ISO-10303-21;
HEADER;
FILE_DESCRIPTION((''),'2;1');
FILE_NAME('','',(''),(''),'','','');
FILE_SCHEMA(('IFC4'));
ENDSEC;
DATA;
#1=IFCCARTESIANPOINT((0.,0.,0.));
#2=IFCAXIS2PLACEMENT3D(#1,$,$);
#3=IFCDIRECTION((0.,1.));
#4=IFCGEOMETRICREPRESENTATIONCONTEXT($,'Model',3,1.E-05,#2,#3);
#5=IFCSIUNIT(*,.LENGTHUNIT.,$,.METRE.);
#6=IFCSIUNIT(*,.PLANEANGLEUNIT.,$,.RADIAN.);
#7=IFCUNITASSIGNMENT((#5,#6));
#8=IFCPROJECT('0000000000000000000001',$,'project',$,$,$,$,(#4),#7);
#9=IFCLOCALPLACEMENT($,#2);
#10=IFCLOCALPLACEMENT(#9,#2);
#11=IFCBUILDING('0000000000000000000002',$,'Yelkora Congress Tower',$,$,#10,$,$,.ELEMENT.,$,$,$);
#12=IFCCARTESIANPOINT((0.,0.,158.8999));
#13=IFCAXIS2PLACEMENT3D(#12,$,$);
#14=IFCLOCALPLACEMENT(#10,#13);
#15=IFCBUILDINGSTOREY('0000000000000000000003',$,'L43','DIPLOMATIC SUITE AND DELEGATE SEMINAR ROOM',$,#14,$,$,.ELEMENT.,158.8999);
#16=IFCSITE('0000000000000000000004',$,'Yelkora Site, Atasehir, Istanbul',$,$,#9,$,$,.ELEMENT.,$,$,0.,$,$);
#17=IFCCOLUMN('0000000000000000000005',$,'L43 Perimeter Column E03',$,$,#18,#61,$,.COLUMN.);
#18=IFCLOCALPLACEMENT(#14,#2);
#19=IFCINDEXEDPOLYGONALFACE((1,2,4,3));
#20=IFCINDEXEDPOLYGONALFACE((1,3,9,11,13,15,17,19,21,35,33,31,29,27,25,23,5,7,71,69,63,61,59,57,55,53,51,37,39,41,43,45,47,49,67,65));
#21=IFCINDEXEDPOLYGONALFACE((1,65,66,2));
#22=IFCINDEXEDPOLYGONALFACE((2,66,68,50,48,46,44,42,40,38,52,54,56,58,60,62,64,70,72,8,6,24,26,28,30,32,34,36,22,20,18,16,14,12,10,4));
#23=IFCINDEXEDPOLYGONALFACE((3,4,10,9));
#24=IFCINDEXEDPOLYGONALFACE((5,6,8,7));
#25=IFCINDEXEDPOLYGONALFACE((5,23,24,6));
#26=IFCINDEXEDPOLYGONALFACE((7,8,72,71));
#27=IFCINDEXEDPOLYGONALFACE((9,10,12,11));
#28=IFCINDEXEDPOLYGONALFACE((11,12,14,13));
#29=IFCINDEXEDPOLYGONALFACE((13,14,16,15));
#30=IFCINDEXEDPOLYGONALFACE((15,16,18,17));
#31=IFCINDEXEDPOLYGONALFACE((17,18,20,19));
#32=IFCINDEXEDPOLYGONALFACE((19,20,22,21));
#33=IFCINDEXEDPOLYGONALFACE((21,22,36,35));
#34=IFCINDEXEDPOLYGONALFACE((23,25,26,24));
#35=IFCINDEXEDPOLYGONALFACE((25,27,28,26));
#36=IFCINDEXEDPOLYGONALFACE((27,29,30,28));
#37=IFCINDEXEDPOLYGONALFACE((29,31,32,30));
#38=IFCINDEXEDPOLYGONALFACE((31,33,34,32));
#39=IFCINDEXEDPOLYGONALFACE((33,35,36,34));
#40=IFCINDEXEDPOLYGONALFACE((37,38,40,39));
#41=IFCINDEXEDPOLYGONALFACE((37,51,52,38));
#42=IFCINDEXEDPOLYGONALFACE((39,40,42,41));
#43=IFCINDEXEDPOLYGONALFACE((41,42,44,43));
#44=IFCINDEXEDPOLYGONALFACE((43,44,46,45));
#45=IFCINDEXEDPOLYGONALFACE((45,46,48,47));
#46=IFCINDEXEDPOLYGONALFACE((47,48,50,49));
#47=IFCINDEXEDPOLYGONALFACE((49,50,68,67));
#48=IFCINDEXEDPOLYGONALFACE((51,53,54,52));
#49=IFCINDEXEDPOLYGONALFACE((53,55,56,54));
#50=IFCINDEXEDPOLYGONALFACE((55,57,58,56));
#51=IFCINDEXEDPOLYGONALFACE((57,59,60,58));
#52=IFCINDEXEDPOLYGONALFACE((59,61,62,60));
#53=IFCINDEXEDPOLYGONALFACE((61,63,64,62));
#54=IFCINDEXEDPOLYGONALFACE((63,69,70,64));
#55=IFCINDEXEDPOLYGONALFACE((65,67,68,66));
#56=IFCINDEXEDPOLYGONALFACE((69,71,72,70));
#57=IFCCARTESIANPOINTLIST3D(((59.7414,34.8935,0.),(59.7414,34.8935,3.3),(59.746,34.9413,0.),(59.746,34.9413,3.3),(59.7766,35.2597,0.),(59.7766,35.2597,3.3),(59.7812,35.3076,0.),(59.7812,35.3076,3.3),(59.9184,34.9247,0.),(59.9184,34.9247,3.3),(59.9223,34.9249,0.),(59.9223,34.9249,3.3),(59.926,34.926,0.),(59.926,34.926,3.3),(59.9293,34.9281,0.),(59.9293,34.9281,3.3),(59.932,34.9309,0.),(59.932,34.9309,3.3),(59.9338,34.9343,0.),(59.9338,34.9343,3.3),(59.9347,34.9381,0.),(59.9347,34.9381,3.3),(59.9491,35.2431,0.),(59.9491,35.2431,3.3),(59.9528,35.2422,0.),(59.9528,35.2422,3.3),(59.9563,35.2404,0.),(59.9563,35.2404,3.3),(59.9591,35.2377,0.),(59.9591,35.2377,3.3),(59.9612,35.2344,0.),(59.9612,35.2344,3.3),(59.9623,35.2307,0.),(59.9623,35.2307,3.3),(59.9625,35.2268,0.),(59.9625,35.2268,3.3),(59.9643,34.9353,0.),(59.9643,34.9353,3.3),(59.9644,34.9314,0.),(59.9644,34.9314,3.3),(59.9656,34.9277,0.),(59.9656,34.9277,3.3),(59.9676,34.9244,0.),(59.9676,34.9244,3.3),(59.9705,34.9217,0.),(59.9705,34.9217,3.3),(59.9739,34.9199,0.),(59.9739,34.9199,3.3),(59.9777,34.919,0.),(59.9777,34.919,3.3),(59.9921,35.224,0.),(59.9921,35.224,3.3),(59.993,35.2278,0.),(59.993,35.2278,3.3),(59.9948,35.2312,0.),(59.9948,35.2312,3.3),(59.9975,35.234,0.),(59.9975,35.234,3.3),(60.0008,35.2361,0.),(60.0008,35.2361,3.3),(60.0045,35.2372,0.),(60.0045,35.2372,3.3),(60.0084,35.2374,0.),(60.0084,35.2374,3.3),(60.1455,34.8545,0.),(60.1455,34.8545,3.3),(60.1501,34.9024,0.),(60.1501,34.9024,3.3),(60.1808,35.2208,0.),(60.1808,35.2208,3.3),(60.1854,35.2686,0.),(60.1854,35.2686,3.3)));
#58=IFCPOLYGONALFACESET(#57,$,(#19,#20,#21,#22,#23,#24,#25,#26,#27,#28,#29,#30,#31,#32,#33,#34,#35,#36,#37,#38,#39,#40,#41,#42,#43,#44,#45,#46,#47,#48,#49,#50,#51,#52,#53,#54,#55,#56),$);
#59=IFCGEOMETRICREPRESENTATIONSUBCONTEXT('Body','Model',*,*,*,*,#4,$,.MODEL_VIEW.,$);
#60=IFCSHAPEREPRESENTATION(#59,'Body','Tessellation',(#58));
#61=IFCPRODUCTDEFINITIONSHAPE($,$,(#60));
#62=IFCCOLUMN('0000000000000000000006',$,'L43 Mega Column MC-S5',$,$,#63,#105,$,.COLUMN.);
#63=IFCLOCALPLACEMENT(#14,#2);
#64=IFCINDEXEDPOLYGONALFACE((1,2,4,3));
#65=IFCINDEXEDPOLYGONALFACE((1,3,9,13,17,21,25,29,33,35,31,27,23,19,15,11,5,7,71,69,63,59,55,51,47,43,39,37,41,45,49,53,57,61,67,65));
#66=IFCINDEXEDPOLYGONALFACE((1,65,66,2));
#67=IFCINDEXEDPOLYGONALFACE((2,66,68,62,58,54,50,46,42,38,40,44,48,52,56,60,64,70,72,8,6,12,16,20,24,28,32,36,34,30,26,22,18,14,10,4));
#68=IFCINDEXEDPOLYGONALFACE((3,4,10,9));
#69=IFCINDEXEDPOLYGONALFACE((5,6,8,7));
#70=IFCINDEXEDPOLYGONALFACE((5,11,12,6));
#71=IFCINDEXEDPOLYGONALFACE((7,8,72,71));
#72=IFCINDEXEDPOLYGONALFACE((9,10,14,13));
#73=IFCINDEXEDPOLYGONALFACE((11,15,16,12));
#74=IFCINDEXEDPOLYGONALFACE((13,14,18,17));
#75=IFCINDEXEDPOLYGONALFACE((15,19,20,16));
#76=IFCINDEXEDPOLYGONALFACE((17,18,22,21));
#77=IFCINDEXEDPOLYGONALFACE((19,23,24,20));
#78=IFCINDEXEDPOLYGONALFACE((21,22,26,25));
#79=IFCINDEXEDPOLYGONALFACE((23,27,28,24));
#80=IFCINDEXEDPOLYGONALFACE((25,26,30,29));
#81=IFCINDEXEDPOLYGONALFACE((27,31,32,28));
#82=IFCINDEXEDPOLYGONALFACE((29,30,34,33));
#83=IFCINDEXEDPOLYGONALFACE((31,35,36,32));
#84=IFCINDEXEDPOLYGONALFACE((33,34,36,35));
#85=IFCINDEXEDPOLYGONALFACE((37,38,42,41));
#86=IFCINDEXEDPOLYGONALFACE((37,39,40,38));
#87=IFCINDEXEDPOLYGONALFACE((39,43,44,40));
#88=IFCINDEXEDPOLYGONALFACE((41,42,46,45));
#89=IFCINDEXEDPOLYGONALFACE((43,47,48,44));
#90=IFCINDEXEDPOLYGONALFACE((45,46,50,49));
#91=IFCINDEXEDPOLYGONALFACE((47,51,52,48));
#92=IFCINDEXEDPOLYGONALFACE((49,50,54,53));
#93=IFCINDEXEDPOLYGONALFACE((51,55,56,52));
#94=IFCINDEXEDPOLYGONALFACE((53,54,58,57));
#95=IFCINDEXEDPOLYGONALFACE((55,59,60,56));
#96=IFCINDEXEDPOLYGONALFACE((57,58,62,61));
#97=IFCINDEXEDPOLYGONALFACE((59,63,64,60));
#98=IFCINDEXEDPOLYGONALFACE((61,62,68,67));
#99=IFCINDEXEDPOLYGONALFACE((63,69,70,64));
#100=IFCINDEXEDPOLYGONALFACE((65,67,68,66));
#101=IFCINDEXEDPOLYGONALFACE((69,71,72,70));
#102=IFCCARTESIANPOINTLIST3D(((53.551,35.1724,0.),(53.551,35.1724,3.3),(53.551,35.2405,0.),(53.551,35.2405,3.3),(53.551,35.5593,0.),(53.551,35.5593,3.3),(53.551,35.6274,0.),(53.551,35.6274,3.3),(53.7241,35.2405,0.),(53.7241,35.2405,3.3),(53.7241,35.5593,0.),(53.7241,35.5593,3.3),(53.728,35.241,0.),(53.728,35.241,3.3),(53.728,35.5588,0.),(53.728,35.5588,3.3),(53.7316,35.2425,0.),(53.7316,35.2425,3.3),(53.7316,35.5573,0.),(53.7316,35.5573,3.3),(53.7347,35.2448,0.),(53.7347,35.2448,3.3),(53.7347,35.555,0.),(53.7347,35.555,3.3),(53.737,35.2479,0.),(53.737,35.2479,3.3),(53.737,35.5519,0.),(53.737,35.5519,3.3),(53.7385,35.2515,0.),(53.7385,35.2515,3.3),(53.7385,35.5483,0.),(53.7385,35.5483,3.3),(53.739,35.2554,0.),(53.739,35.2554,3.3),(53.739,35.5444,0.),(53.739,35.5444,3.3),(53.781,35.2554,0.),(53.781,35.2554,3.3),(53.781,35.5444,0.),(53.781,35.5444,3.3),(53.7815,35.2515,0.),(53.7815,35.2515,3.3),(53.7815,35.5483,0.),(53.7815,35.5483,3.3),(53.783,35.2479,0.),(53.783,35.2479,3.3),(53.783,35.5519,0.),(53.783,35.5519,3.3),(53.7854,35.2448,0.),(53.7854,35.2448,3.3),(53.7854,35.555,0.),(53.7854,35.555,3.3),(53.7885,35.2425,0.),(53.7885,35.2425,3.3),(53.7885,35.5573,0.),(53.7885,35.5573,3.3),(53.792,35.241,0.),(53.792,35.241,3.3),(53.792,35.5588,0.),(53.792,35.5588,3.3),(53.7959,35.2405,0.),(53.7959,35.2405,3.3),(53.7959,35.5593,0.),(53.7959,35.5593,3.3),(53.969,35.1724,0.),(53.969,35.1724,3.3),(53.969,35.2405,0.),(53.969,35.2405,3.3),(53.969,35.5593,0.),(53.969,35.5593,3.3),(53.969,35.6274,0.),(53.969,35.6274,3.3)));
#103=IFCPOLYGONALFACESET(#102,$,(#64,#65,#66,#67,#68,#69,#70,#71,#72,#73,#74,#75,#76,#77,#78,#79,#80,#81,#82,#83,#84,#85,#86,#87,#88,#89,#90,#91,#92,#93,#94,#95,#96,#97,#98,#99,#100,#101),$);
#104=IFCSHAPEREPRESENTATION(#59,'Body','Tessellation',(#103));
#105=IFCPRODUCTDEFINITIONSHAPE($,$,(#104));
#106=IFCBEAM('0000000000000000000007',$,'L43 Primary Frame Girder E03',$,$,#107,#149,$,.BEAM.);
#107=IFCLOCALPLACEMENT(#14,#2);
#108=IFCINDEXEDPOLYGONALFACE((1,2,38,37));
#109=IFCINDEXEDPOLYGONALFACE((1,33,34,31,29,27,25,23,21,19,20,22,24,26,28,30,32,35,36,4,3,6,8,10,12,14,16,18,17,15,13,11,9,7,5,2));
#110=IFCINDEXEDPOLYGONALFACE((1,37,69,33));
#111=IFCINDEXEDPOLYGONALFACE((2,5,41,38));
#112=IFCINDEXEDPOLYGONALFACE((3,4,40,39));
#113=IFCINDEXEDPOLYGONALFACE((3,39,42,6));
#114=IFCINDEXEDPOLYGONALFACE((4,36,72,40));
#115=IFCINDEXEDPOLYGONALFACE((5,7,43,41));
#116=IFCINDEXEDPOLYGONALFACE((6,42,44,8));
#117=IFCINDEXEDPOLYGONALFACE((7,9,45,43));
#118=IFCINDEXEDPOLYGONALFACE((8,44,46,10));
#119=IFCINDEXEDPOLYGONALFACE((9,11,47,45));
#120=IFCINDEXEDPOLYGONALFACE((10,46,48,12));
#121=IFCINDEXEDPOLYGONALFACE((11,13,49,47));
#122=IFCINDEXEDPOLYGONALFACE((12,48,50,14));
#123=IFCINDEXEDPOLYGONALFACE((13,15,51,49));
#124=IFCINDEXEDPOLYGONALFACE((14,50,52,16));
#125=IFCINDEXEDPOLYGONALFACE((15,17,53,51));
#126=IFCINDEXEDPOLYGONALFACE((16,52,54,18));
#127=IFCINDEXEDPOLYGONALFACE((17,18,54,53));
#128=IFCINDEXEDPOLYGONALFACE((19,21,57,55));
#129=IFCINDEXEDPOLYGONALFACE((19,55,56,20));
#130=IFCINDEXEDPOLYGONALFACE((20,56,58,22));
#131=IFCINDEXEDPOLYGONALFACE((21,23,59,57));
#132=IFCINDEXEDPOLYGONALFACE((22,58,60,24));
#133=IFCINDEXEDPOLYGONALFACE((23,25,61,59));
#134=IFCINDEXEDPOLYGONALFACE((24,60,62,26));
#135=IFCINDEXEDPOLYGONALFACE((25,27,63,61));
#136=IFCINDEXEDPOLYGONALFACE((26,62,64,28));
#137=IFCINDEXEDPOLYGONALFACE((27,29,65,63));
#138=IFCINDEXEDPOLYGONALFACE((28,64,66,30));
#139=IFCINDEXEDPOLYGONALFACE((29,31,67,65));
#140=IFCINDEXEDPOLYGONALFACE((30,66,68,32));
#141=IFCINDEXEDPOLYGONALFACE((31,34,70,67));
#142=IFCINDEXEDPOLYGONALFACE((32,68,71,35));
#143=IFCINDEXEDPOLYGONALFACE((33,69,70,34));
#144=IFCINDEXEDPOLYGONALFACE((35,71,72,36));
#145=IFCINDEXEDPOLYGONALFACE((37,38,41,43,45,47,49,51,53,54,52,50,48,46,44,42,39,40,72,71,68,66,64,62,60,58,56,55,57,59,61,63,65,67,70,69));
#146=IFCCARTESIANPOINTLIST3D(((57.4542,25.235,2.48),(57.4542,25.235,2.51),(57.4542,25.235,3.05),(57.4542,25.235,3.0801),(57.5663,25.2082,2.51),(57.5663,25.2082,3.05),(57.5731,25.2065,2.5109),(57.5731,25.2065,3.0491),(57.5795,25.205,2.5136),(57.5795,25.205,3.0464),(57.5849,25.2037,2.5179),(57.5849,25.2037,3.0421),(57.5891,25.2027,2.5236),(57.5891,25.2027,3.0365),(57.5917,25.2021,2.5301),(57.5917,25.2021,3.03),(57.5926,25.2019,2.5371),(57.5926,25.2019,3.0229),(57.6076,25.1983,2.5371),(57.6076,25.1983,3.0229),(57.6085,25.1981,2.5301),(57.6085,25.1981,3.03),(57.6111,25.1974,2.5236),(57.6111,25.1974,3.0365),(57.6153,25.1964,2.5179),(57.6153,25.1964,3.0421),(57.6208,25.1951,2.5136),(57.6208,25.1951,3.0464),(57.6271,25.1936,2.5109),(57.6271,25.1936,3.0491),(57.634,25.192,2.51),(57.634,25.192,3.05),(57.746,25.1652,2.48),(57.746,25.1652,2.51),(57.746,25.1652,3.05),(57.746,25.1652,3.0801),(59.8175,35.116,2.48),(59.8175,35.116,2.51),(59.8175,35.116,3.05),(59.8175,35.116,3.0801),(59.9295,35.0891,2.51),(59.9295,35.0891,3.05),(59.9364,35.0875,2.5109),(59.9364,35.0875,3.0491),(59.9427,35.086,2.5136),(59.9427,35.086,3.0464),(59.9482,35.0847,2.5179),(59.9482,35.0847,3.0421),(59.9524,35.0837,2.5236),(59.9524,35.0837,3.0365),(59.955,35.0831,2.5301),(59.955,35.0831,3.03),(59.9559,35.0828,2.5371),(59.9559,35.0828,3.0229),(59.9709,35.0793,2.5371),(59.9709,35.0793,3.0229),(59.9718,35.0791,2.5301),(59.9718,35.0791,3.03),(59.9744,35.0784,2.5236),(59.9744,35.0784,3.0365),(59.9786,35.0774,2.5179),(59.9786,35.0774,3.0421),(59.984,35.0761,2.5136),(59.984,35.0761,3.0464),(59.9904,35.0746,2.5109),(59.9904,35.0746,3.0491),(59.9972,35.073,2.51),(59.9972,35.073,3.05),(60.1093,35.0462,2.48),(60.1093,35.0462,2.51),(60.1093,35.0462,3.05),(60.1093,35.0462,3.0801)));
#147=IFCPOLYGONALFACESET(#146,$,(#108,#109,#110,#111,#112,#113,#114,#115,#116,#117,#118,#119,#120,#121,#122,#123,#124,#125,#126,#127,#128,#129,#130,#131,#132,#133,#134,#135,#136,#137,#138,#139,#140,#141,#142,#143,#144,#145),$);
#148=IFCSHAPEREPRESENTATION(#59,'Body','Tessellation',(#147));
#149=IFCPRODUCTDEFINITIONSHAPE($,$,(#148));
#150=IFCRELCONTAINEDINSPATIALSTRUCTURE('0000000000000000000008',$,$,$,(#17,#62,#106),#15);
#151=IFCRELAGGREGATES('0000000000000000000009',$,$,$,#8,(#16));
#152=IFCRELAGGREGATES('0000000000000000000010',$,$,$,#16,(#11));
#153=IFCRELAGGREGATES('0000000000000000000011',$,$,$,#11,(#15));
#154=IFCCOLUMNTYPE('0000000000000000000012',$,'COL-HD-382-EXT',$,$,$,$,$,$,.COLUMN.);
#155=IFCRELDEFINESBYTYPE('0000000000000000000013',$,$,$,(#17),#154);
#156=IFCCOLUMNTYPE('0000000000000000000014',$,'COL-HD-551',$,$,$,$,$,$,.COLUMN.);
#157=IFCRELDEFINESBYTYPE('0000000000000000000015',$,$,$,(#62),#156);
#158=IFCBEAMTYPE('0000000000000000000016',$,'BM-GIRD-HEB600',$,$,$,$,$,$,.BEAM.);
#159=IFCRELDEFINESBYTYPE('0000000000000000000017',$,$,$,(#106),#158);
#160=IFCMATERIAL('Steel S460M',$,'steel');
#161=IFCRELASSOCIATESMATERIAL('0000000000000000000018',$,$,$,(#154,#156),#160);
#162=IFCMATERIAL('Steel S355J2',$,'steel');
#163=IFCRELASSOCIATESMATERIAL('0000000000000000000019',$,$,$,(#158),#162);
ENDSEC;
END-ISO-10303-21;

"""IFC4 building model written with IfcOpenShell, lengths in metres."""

from ifc_helpers import new_model, si_unit, direction, frame, origin, origin_2d, place, context, subcontext, project, spatial, i_section, extrude, material, material_profile, profile_set, type_object, element, save


model = new_model("IFC4")

# Units and contexts
model_context = context("Model", 3, precision=1e-05, world=origin(), true_north=direction((0.0, 1.0)))
body_context = subcontext(model_context, "Body", "Model", "MODEL_VIEW")
ifc_project = project(units=[si_unit("LENGTHUNIT", "METRE"), si_unit("PLANEANGLEUNIT", "RADIAN")], contexts=[model_context])

# Site, building, storey
site_placement = place(None, origin())
site = spatial("IfcSite", under=ifc_project, at=site_placement, Name="Yelkora Site, Atasehir, Istanbul", CompositionType="ELEMENT", RefElevation=0.0)
building_placement = place(site_placement, origin())
building = spatial("IfcBuilding", under=site, at=building_placement, Name="Yelkora Congress Tower", CompositionType="ELEMENT")
storey_placement = place(building_placement, frame((0.0, 0.0, 158.8999)))
storey = spatial("IfcBuildingStorey", under=building, at=storey_placement, Name="L43", Description="DIPLOMATIC SUITE AND DELEGATE SEMINAR ROOM", CompositionType="ELEMENT", Elevation=158.8999)

# Columns
ifc_material_1 = material(Name="Steel S460M", Category="steel")
ifc_material_profile_1 = material_profile(ifc_material_1, i_section(OverallWidth=0.406, OverallDepth=0.416, WebThickness=0.0298, FlangeThickness=0.0481, FilletRadius=0.0149, at=origin_2d()), Name="HD 400x382")
ifc_profile_set_1 = profile_set([ifc_material_profile_1], Name="Steel S460M")
column_type_1 = type_object("IfcColumnType", Name="COL-HD-382-EXT", PredefinedType="COLUMN", material=ifc_profile_set_1)
column_1_placement = place(storey_placement, frame((59.9634, 35.0811, 0.0), z_axis=(0.0, 0.0, 1.0), x_axis=(0.995396, -0.095846, 0.0)))
element("IfcColumn", 1, at=column_1_placement, inside=storey, type_object=column_type_1, Name="L43 Perimeter Column E03", PredefinedType="COLUMN", context=body_context, shape_type="SweptSolid", body=[
    extrude(i_section(OverallWidth=0.406, OverallDepth=0.416, WebThickness=0.0298, FlangeThickness=0.0481, FilletRadius=0.0149, at=origin_2d()), origin(), (0.0, 0.0, 1.0), 3.3),
])
ifc_material_profile_2 = material_profile(ifc_material_1, i_section(OverallWidth=0.418, OverallDepth=0.4551, WebThickness=0.042, FlangeThickness=0.0681, FilletRadius=0.0149, at=origin_2d()), Name="HD 400x551")
ifc_profile_set_2 = profile_set([ifc_material_profile_2], Name="Steel S460M")
column_type_2 = type_object("IfcColumnType", Name="COL-HD-551", PredefinedType="COLUMN", material=ifc_profile_set_2)
column_2_placement = place(storey_placement, frame((53.76, 35.3999, 0.0), z_axis=(0.0, 0.0, 1.0), x_axis=(1.0, 0.0, 0.0)))
element("IfcColumn", 2, at=column_2_placement, inside=storey, type_object=column_type_2, Name="L43 Mega Column MC-S5", PredefinedType="COLUMN", context=body_context, shape_type="SweptSolid", body=[
    extrude(i_section(OverallWidth=0.418, OverallDepth=0.4551, WebThickness=0.042, FlangeThickness=0.0681, FilletRadius=0.0149, at=origin_2d()), origin(), (0.0, 0.0, 1.0), 3.3),
])

# Beam
ifc_material_2 = material(Name="Steel S355J2", Category="steel")
ifc_material_profile_3 = material_profile(ifc_material_2, i_section(OverallWidth=0.3, OverallDepth=0.6001, WebThickness=0.0154, FlangeThickness=0.03, FilletRadius=0.0271, at=origin_2d()), Name="HEB 600")
ifc_profile_set_3 = profile_set([ifc_material_profile_3], Name="Steel S355J2")
beam_type_1 = type_object("IfcBeamType", Name="BM-GIRD-HEB600", PredefinedType="BEAM", material=ifc_profile_set_3)
beam_1_placement = place(storey_placement, frame((59.9634, 35.0811, 2.78), z_axis=(-0.232611, -0.97257, 0.0), x_axis=(0.97257, -0.232611, 0.0)))
element("IfcBeam", 3, at=beam_1_placement, inside=storey, type_object=beam_type_1, Name="L43 Primary Frame Girder E03", PredefinedType="BEAM", context=body_context, shape_type="SweptSolid", body=[
    extrude(i_section(OverallWidth=0.3, OverallDepth=0.6001, WebThickness=0.0154, FlangeThickness=0.03, FilletRadius=0.0271, at=origin_2d()), origin(), (0.0, 0.0, 1.0), 10.1597),
])

save(model, "model.ifc")
